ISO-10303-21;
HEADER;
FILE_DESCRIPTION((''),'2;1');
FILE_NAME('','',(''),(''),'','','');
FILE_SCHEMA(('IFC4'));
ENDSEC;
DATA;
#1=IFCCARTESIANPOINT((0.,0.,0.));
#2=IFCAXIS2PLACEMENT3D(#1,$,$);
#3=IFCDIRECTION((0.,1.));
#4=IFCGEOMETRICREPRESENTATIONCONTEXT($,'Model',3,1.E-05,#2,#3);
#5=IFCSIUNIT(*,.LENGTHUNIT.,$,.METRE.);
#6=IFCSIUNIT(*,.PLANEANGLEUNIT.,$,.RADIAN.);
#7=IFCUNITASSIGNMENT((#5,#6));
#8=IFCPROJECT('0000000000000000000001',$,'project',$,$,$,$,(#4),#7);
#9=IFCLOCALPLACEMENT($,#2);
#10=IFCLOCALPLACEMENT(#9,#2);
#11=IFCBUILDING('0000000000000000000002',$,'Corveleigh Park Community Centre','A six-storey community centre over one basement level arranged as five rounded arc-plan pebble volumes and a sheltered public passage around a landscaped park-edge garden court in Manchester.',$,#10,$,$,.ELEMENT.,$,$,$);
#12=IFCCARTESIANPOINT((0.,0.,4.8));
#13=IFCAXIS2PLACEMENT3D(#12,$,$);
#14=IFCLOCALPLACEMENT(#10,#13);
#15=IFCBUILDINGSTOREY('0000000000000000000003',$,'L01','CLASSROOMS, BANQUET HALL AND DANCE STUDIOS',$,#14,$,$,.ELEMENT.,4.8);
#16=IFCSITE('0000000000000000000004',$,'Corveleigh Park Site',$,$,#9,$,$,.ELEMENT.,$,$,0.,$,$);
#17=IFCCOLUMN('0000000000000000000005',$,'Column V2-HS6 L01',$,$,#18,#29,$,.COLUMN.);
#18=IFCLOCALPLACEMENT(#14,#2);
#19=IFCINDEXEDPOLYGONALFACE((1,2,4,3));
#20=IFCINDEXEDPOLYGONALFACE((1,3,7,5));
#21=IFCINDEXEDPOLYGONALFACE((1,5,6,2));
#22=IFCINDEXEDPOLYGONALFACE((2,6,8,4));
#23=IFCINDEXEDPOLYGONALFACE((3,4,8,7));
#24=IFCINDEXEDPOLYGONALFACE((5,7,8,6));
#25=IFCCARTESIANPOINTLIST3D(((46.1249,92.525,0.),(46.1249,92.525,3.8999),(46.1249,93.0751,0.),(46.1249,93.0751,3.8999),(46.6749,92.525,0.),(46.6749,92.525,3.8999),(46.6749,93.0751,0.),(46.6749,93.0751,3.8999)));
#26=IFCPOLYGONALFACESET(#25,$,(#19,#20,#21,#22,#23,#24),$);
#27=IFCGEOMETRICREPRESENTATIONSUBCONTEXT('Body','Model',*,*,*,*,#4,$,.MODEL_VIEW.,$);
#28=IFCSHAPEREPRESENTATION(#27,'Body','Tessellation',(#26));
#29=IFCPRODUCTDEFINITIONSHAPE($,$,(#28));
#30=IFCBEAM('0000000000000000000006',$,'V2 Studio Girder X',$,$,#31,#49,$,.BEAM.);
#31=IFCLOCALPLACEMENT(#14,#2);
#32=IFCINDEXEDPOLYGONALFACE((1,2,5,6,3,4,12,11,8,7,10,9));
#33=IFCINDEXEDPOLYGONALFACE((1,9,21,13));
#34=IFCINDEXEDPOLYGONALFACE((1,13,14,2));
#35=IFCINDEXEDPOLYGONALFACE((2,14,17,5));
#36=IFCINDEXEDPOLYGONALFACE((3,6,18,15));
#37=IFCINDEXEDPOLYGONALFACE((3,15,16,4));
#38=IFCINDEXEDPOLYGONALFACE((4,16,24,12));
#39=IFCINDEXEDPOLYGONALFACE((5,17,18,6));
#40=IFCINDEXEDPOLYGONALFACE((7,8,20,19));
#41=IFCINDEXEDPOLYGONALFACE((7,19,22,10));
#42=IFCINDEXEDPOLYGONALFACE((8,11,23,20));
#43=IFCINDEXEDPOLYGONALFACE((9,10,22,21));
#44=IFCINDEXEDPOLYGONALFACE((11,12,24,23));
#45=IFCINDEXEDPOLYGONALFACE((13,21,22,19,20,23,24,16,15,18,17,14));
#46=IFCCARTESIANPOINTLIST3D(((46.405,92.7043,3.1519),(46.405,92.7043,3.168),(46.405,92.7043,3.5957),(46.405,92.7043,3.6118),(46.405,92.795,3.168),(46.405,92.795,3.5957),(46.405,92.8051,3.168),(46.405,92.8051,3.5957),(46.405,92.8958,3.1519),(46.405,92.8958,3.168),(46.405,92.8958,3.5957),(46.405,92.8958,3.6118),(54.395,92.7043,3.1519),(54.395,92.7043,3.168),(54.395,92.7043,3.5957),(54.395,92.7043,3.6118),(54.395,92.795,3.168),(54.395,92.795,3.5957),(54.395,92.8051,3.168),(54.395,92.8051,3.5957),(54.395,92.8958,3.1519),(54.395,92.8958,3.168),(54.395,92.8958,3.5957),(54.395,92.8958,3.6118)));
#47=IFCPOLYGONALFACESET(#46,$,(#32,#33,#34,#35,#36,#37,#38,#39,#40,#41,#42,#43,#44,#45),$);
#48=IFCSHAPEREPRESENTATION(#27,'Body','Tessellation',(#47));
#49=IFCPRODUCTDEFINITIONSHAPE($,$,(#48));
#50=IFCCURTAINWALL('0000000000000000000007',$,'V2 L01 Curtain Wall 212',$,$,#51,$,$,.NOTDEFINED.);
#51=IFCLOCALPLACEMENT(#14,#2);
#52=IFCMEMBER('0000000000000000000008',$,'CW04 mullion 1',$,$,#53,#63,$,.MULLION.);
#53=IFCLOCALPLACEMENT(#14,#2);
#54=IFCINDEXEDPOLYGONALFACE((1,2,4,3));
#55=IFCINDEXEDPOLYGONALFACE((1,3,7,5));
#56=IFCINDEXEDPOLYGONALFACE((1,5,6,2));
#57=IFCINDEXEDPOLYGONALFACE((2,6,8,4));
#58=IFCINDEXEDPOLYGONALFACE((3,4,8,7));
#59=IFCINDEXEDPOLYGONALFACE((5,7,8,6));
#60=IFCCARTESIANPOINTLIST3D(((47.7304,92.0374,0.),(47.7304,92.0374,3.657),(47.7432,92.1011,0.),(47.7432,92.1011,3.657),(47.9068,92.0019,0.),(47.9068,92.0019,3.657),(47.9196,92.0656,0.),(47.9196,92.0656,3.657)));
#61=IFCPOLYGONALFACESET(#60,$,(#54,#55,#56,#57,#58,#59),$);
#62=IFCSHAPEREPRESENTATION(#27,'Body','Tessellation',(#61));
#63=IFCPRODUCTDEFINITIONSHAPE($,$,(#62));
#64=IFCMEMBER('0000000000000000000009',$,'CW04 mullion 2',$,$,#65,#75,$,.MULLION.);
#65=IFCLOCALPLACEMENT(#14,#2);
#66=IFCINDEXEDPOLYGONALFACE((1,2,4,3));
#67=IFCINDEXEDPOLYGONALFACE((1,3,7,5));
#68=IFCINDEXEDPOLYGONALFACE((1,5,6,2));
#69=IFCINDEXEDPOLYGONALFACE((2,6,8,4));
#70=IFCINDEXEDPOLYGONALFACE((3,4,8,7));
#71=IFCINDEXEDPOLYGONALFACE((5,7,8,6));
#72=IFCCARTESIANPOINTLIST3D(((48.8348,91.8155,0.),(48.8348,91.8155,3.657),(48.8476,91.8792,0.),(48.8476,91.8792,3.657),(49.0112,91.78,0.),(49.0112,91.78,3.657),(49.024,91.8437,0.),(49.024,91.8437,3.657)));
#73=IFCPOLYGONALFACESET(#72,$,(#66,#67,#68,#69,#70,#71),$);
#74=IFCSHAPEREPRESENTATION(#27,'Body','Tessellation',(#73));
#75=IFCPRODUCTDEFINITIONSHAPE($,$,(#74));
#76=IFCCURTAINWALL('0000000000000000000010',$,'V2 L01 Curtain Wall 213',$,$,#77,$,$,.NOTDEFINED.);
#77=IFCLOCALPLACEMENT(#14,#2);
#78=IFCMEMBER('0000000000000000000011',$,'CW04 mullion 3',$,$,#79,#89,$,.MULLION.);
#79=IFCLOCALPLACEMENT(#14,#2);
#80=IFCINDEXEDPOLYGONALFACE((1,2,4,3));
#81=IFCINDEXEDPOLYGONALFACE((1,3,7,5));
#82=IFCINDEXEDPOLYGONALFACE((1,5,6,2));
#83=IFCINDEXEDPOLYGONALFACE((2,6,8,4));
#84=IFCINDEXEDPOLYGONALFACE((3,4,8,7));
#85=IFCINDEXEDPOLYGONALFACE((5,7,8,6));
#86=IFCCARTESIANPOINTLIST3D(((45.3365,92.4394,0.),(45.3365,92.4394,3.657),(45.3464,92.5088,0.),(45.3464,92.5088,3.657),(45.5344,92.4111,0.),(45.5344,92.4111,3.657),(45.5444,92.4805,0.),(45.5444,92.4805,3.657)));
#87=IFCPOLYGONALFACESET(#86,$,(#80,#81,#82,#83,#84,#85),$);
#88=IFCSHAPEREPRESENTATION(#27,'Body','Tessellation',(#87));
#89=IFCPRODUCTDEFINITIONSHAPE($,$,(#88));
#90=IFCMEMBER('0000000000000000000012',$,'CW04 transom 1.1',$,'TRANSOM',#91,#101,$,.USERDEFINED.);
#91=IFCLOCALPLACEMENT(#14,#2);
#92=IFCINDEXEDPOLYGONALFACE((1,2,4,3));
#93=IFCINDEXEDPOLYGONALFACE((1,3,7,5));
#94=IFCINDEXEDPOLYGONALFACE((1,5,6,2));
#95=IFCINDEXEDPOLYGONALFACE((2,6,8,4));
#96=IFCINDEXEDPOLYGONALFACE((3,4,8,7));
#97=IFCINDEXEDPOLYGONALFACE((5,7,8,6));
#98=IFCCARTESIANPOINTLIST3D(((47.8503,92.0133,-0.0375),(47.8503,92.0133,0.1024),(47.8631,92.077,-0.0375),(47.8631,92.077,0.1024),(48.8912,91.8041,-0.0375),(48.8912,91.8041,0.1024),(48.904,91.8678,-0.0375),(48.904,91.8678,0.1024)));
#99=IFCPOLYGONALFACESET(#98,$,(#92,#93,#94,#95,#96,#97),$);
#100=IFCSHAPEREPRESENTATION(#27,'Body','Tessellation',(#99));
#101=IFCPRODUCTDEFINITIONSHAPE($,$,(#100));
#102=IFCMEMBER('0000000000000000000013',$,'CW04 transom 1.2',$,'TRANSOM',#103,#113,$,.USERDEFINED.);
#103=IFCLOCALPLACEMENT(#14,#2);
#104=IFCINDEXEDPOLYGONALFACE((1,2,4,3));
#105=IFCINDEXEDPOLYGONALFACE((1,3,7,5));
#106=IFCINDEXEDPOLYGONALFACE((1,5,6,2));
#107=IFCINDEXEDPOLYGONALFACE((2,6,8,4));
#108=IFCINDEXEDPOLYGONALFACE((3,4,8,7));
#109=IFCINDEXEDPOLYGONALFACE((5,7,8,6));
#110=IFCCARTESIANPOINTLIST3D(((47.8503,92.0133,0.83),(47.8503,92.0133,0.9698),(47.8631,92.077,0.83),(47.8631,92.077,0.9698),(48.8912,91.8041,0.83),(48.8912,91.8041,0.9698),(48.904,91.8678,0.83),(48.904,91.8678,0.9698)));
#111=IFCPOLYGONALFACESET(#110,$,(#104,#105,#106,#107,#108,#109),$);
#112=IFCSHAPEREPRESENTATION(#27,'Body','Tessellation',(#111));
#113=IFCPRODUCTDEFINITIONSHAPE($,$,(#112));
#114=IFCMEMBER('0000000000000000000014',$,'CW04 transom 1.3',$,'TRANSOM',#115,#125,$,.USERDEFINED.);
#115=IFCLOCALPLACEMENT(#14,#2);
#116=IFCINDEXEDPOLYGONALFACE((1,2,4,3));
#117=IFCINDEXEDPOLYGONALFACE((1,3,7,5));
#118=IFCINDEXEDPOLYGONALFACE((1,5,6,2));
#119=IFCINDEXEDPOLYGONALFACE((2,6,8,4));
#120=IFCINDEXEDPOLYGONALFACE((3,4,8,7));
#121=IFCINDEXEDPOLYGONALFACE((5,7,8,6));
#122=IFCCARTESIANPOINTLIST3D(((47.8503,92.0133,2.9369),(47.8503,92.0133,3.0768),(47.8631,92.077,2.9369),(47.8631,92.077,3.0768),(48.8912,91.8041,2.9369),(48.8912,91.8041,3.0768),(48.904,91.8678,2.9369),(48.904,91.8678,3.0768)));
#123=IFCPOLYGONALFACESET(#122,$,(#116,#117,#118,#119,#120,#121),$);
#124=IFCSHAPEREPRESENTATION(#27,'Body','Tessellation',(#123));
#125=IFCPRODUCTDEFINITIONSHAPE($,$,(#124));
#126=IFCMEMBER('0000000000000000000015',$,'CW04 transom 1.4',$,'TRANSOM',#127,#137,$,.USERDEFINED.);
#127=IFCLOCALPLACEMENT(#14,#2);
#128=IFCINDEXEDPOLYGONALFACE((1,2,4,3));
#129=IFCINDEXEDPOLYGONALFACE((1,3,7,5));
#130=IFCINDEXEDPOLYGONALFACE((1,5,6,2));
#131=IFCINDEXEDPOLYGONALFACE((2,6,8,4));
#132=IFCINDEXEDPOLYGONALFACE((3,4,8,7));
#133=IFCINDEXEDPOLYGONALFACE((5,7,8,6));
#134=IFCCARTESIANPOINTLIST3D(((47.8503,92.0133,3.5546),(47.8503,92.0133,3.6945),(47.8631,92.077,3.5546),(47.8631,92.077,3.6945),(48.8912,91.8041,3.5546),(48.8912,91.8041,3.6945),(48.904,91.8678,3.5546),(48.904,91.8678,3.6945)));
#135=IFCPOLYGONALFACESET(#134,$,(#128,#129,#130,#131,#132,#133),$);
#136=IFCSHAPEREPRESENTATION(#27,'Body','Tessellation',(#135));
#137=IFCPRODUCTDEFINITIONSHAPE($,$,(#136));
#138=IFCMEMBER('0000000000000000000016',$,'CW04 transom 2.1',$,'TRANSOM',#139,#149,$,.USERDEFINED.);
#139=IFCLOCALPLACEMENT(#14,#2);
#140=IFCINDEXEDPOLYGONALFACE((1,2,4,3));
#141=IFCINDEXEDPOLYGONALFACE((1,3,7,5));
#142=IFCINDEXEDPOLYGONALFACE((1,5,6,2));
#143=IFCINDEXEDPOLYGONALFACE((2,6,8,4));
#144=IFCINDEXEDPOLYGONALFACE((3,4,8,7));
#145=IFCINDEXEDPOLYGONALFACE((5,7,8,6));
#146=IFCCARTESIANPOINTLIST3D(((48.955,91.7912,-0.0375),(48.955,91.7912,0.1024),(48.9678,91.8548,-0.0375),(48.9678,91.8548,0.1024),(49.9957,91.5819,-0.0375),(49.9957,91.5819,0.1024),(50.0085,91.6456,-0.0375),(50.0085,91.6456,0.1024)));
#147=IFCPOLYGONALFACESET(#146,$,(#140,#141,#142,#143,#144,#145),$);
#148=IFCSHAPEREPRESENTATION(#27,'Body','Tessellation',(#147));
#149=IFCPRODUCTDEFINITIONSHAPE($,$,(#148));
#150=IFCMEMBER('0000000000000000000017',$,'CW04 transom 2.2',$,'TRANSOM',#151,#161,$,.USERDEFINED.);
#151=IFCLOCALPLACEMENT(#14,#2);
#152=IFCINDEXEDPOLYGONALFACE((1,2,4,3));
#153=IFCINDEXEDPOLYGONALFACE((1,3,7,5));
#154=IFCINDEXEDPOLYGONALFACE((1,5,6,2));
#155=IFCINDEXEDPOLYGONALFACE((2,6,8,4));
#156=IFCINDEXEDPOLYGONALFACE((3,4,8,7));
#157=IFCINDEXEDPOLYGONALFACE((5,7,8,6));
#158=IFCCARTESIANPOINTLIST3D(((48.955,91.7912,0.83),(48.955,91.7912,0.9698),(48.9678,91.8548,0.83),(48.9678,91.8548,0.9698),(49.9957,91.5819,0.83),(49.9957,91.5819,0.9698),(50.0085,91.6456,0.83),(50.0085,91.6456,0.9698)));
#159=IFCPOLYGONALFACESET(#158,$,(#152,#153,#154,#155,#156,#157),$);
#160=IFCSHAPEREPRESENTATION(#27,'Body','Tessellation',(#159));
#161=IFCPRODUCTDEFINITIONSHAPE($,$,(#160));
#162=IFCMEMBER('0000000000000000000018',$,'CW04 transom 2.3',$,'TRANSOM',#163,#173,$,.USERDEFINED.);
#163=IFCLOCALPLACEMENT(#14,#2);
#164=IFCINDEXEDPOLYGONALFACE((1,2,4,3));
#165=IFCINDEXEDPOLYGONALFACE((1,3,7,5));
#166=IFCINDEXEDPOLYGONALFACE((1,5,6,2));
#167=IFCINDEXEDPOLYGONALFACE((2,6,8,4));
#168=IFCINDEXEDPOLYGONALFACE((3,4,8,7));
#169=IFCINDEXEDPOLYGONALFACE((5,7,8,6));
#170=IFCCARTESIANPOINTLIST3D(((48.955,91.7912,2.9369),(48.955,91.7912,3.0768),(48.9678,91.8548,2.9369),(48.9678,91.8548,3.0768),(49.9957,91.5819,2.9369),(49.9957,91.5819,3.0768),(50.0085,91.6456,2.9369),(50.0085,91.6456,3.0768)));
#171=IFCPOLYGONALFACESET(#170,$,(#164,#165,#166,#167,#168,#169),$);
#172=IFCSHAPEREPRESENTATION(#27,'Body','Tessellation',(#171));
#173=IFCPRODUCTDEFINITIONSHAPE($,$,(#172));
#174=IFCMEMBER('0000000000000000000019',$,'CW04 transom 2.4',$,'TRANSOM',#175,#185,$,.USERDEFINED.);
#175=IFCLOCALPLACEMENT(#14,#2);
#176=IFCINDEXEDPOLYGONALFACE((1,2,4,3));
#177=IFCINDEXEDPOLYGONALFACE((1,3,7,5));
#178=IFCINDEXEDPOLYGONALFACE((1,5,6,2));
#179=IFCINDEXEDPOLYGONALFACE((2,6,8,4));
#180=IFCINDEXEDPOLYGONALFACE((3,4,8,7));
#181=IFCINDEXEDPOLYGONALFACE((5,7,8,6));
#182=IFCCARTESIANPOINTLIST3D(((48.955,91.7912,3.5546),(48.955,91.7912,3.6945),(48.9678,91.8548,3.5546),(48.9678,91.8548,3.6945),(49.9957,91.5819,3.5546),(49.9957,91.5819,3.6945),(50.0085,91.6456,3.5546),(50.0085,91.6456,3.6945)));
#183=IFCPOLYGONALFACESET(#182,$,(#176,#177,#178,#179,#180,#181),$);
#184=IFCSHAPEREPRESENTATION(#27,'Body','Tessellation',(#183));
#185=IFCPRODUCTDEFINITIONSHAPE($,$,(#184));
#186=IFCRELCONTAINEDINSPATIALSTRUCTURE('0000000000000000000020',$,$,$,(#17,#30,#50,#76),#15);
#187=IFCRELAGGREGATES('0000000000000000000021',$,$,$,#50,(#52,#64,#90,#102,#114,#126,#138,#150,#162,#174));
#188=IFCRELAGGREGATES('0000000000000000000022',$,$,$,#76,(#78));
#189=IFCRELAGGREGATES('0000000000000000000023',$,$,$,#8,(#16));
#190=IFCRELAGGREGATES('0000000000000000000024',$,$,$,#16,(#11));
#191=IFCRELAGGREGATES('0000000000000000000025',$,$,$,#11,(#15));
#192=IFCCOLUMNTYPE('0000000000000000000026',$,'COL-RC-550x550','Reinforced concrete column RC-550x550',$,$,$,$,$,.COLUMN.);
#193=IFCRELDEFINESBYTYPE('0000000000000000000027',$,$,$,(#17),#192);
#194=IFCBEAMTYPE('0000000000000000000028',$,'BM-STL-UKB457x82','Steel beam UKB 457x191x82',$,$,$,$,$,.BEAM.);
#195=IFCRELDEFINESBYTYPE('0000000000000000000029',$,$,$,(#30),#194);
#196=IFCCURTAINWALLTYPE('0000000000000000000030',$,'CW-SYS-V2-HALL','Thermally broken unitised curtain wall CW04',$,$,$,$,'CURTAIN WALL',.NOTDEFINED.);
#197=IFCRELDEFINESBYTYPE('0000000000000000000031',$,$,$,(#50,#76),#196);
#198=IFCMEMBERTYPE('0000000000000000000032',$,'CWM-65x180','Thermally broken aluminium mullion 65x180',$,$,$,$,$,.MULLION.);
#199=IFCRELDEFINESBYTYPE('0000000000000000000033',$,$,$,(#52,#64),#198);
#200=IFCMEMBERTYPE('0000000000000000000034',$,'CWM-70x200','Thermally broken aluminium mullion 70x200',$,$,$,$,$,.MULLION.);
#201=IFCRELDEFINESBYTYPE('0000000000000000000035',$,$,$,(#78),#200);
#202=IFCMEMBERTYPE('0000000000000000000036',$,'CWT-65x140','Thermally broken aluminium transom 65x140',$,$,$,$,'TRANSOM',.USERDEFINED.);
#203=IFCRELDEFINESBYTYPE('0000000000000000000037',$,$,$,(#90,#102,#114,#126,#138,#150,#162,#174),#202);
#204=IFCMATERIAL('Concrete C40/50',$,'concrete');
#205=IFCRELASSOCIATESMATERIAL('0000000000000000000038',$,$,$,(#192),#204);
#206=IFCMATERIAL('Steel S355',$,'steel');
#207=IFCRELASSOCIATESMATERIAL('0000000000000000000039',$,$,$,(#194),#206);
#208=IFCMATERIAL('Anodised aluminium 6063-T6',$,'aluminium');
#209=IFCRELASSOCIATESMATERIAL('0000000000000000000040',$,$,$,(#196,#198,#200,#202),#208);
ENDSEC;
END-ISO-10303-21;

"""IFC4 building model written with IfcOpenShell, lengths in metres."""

from ifc_helpers import new_model, si_unit, direction, frame, origin, origin_2d, place, context, subcontext, project, spatial, rectangle, i_section, extrude, material, material_profile, profile_set, type_object, element, aggregate, save


model = new_model("IFC4")

# Units and contexts
model_context = context("Model", 3, precision=1e-05, world=origin(), true_north=direction((0.0, 1.0)))
body_context = subcontext(model_context, "Body", "Model", "MODEL_VIEW")
ifc_project = project(units=[si_unit("LENGTHUNIT", "METRE"), si_unit("PLANEANGLEUNIT", "RADIAN")], contexts=[model_context])

# Site, building, storey
site_placement = place(None, origin())
site = spatial("IfcSite", under=ifc_project, at=site_placement, Name="Corveleigh Park Site", CompositionType="ELEMENT", RefElevation=0.0)
building_placement = place(site_placement, origin())
building = spatial("IfcBuilding", under=site, at=building_placement, Name="Corveleigh Park Community Centre", Description="A six-storey community centre over one basement level arranged as five rounded arc-plan pebble volumes and a sheltered public passage around a landscaped park-edge garden court in Manchester.", CompositionType="ELEMENT")
storey_placement = place(building_placement, frame((0.0, 0.0, 4.8)))
storey = spatial("IfcBuildingStorey", under=building, at=storey_placement, Name="L01", Description="CLASSROOMS, BANQUET HALL AND DANCE STUDIOS", CompositionType="ELEMENT", Elevation=4.8)

# Column
ifc_material_1 = material(Name="Concrete C40/50", Category="concrete")
ifc_material_profile_1 = material_profile(ifc_material_1, rectangle(XDim=0.55, YDim=0.55, at=origin_2d()), Name="RC-550x550", Category="concrete")
ifc_profile_set_1 = profile_set([ifc_material_profile_1], Name="Concrete C40/50")
column_type = type_object("IfcColumnType", Name="COL-RC-550x550", Description="Reinforced concrete column RC-550x550", PredefinedType="COLUMN", material=ifc_profile_set_1)
column_placement = place(storey_placement, frame((46.3999, 92.8, 0.0), z_axis=(0.0, 0.0, 1.0), x_axis=(1.0, 0.0, 0.0)))
element("IfcColumn", 1, at=column_placement, inside=storey, type_object=column_type, Name="Column V2-HS6 L01", PredefinedType="COLUMN", context=body_context, shape_type="SweptSolid", body=[
    extrude(rectangle(XDim=0.55, YDim=0.55, at=origin_2d()), origin(), (0.0, 0.0, 1.0), 3.8999),
])

# Beam
ifc_material_2 = material(Name="Steel S355", Category="steel")
ifc_material_profile_2 = material_profile(ifc_material_2, i_section(OverallWidth=0.1914, OverallDepth=0.46, WebThickness=0.01, FlangeThickness=0.0161, at=origin_2d()), Name="UKB 457x191x82", Category="steel")
ifc_profile_set_2 = profile_set([ifc_material_profile_2], Name="Steel S355")
beam_type = type_object("IfcBeamType", Name="BM-STL-UKB457x82", Description="Steel beam UKB 457x191x82", PredefinedType="BEAM", material=ifc_profile_set_2)
beam_placement = place(storey_placement, frame((46.405, 92.8, 3.3818), z_axis=(1.0, 0.0, 0.0), x_axis=(0.0, 1.0, 0.0)))
element("IfcBeam", 2, at=beam_placement, inside=storey, type_object=beam_type, Name="V2 Studio Girder X", PredefinedType="BEAM", context=body_context, shape_type="SweptSolid", body=[
    extrude(i_section(OverallWidth=0.1914, OverallDepth=0.46, WebThickness=0.01, FlangeThickness=0.0161, at=origin_2d()), origin(), (0.0, 0.0, 1.0), 7.99),
])

# Curtain wall, members
ifc_material_3 = material(Name="Anodised aluminium 6063-T6", Category="aluminium")
curtain_wall_type = type_object("IfcCurtainWallType", Name="CW-SYS-V2-HALL", Description="Thermally broken unitised curtain wall CW04", ElementType="CURTAIN WALL", PredefinedType="NOTDEFINED", material=ifc_material_3)
curtain_wall_1_placement = place(storey_placement, origin())
curtain_wall_1 = element("IfcCurtainWall", 3, at=curtain_wall_1_placement, inside=storey, type_object=curtain_wall_type, Name="V2 L01 Curtain Wall 212", PredefinedType="NOTDEFINED")
ifc_material_profile_3 = material_profile(ifc_material_3, rectangle(XDim=0.0649, YDim=0.1799, at=origin_2d()), Name="ALU-M65x180", Category="aluminium")
ifc_profile_set_3 = profile_set([ifc_material_profile_3], Name="Anodised aluminium 6063-T6")
member_type_1 = type_object("IfcMemberType", Name="CWM-65x180", Description="Thermally broken aluminium mullion 65x180", PredefinedType="MULLION", material=ifc_profile_set_3)
member_1_placement = place(storey_placement, frame((47.825, 92.0515, 0.0), z_axis=(0.0, 0.0, 1.0), x_axis=(0.197111, 0.980381, 0.0)))
member_1 = element("IfcMember", 4, at=member_1_placement, type_object=member_type_1, Name="CW04 mullion 1", PredefinedType="MULLION", context=body_context, shape_type="SweptSolid", body=[
    extrude(rectangle(XDim=0.0649, YDim=0.1799, at=origin_2d()), origin(), (0.0, 0.0, 1.0), 3.657),
])
member_2_placement = place(storey_placement, frame((48.9294, 91.8296, 0.0), z_axis=(0.0, 0.0, 1.0), x_axis=(0.197111, 0.980381, 0.0)))
member_2 = element("IfcMember", 5, at=member_2_placement, type_object=member_type_1, Name="CW04 mullion 2", PredefinedType="MULLION", context=body_context, shape_type="SweptSolid", body=[
    extrude(rectangle(XDim=0.0649, YDim=0.1799, at=origin_2d()), origin(), (0.0, 0.0, 1.0), 3.657),
])

# Curtain wall, member
curtain_wall_2_placement = place(storey_placement, origin())
curtain_wall_2 = element("IfcCurtainWall", 6, at=curtain_wall_2_placement, inside=storey, type_object=curtain_wall_type, Name="V2 L01 Curtain Wall 213", PredefinedType="NOTDEFINED")
ifc_material_profile_4 = material_profile(ifc_material_3, rectangle(XDim=0.0701, YDim=0.2, at=origin_2d()), Name="ALU-M70x200", Category="aluminium")
ifc_profile_set_4 = profile_set([ifc_material_profile_4], Name="Anodised aluminium 6063-T6")
member_type_2 = type_object("IfcMemberType", Name="CWM-70x200", Description="Thermally broken aluminium mullion 70x200", PredefinedType="MULLION", material=ifc_profile_set_4)
member_3_placement = place(storey_placement, frame((45.4404, 92.46, 0.0), z_axis=(0.0, 0.0, 1.0), x_axis=(0.141663, 0.989915, 0.0)))
member_3 = element("IfcMember", 7, at=member_3_placement, type_object=member_type_2, Name="CW04 mullion 3", PredefinedType="MULLION", context=body_context, shape_type="SweptSolid", body=[
    extrude(rectangle(XDim=0.0701, YDim=0.2, at=origin_2d()), origin(), (0.0, 0.0, 1.0), 3.657),
])

# Members
ifc_material_profile_5 = material_profile(ifc_material_3, rectangle(XDim=0.0649, YDim=0.1399, at=origin_2d()), Name="ALU-T65x140", Category="aluminium")
ifc_profile_set_5 = profile_set([ifc_material_profile_5], Name="Anodised aluminium 6063-T6")
member_type_3 = type_object("IfcMemberType", Name="CWT-65x140", Description="Thermally broken aluminium transom 65x140", ElementType="TRANSOM", PredefinedType="USERDEFINED", material=ifc_profile_set_5)
member_4_placement = place(storey_placement, frame((47.8567, 92.0452, 0.0325), z_axis=(0.980395, -0.197045, 0.0), x_axis=(0.197045, 0.980395, 0.0)))
member_4 = element("IfcMember", 8, at=member_4_placement, type_object=member_type_3, Name="CW04 transom 1.1", ObjectType="TRANSOM", PredefinedType="USERDEFINED", context=body_context, shape_type="SweptSolid", body=[
    extrude(rectangle(XDim=0.0649, YDim=0.1399, at=origin_2d()), origin(), (0.0, 0.0, 1.0), 1.0618),
])
member_5_placement = place(storey_placement, frame((47.8567, 92.0452, 0.8999), z_axis=(0.980395, -0.197045, 0.0), x_axis=(0.197045, 0.980395, 0.0)))
member_5 = element("IfcMember", 9, at=member_5_placement, type_object=member_type_3, Name="CW04 transom 1.2", ObjectType="TRANSOM", PredefinedType="USERDEFINED", context=body_context, shape_type="SweptSolid", body=[
    extrude(rectangle(XDim=0.0649, YDim=0.1399, at=origin_2d()), origin(), (0.0, 0.0, 1.0), 1.0618),
])
member_6_placement = place(storey_placement, frame((47.8567, 92.0452, 3.0068), z_axis=(0.980395, -0.197045, 0.0), x_axis=(0.197045, 0.980395, 0.0)))
member_6 = element("IfcMember", 10, at=member_6_placement, type_object=member_type_3, Name="CW04 transom 1.3", ObjectType="TRANSOM", PredefinedType="USERDEFINED", context=body_context, shape_type="SweptSolid", body=[
    extrude(rectangle(XDim=0.0649, YDim=0.1399, at=origin_2d()), origin(), (0.0, 0.0, 1.0), 1.0618),
])
member_7_placement = place(storey_placement, frame((47.8567, 92.0452, 3.6245), z_axis=(0.980395, -0.197045, 0.0), x_axis=(0.197045, 0.980395, 0.0)))
member_7 = element("IfcMember", 11, at=member_7_placement, type_object=member_type_3, Name="CW04 transom 1.4", ObjectType="TRANSOM", PredefinedType="USERDEFINED", context=body_context, shape_type="SweptSolid", body=[
    extrude(rectangle(XDim=0.0649, YDim=0.1399, at=origin_2d()), origin(), (0.0, 0.0, 1.0), 1.0618),
])
member_8_placement = place(storey_placement, frame((48.9614, 91.823, 0.0325), z_axis=(0.980386, -0.197089, 0.0), x_axis=(0.197089, 0.980386, 0.0)))
member_8 = element("IfcMember", 12, at=member_8_placement, type_object=member_type_3, Name="CW04 transom 2.1", ObjectType="TRANSOM", PredefinedType="USERDEFINED", context=body_context, shape_type="SweptSolid", body=[
    extrude(rectangle(XDim=0.0649, YDim=0.1399, at=origin_2d()), origin(), (0.0, 0.0, 1.0), 1.0615),
])
member_9_placement = place(storey_placement, frame((48.9614, 91.823, 0.8999), z_axis=(0.980386, -0.197089, 0.0), x_axis=(0.197089, 0.980386, 0.0)))
member_9 = element("IfcMember", 13, at=member_9_placement, type_object=member_type_3, Name="CW04 transom 2.2", ObjectType="TRANSOM", PredefinedType="USERDEFINED", context=body_context, shape_type="SweptSolid", body=[
    extrude(rectangle(XDim=0.0649, YDim=0.1399, at=origin_2d()), origin(), (0.0, 0.0, 1.0), 1.0615),
])
member_10_placement = place(storey_placement, frame((48.9614, 91.823, 3.0068), z_axis=(0.980386, -0.197089, 0.0), x_axis=(0.197089, 0.980386, 0.0)))
member_10 = element("IfcMember", 14, at=member_10_placement, type_object=member_type_3, Name="CW04 transom 2.3", ObjectType="TRANSOM", PredefinedType="USERDEFINED", context=body_context, shape_type="SweptSolid", body=[
    extrude(rectangle(XDim=0.0649, YDim=0.1399, at=origin_2d()), origin(), (0.0, 0.0, 1.0), 1.0615),
])
member_11_placement = place(storey_placement, frame((48.9614, 91.823, 3.6245), z_axis=(0.980386, -0.197089, 0.0), x_axis=(0.197089, 0.980386, 0.0)))
member_11 = element("IfcMember", 15, at=member_11_placement, type_object=member_type_3, Name="CW04 transom 2.4", ObjectType="TRANSOM", PredefinedType="USERDEFINED", context=body_context, shape_type="SweptSolid", body=[
    extrude(rectangle(XDim=0.0649, YDim=0.1399, at=origin_2d()), origin(), (0.0, 0.0, 1.0), 1.0615),
])

aggregate(curtain_wall_1, [member_1, member_2, member_4, member_5, member_6, member_7, member_8, member_9, member_10, member_11])
aggregate(curtain_wall_2, [member_3])

save(model, "model.ifc")
